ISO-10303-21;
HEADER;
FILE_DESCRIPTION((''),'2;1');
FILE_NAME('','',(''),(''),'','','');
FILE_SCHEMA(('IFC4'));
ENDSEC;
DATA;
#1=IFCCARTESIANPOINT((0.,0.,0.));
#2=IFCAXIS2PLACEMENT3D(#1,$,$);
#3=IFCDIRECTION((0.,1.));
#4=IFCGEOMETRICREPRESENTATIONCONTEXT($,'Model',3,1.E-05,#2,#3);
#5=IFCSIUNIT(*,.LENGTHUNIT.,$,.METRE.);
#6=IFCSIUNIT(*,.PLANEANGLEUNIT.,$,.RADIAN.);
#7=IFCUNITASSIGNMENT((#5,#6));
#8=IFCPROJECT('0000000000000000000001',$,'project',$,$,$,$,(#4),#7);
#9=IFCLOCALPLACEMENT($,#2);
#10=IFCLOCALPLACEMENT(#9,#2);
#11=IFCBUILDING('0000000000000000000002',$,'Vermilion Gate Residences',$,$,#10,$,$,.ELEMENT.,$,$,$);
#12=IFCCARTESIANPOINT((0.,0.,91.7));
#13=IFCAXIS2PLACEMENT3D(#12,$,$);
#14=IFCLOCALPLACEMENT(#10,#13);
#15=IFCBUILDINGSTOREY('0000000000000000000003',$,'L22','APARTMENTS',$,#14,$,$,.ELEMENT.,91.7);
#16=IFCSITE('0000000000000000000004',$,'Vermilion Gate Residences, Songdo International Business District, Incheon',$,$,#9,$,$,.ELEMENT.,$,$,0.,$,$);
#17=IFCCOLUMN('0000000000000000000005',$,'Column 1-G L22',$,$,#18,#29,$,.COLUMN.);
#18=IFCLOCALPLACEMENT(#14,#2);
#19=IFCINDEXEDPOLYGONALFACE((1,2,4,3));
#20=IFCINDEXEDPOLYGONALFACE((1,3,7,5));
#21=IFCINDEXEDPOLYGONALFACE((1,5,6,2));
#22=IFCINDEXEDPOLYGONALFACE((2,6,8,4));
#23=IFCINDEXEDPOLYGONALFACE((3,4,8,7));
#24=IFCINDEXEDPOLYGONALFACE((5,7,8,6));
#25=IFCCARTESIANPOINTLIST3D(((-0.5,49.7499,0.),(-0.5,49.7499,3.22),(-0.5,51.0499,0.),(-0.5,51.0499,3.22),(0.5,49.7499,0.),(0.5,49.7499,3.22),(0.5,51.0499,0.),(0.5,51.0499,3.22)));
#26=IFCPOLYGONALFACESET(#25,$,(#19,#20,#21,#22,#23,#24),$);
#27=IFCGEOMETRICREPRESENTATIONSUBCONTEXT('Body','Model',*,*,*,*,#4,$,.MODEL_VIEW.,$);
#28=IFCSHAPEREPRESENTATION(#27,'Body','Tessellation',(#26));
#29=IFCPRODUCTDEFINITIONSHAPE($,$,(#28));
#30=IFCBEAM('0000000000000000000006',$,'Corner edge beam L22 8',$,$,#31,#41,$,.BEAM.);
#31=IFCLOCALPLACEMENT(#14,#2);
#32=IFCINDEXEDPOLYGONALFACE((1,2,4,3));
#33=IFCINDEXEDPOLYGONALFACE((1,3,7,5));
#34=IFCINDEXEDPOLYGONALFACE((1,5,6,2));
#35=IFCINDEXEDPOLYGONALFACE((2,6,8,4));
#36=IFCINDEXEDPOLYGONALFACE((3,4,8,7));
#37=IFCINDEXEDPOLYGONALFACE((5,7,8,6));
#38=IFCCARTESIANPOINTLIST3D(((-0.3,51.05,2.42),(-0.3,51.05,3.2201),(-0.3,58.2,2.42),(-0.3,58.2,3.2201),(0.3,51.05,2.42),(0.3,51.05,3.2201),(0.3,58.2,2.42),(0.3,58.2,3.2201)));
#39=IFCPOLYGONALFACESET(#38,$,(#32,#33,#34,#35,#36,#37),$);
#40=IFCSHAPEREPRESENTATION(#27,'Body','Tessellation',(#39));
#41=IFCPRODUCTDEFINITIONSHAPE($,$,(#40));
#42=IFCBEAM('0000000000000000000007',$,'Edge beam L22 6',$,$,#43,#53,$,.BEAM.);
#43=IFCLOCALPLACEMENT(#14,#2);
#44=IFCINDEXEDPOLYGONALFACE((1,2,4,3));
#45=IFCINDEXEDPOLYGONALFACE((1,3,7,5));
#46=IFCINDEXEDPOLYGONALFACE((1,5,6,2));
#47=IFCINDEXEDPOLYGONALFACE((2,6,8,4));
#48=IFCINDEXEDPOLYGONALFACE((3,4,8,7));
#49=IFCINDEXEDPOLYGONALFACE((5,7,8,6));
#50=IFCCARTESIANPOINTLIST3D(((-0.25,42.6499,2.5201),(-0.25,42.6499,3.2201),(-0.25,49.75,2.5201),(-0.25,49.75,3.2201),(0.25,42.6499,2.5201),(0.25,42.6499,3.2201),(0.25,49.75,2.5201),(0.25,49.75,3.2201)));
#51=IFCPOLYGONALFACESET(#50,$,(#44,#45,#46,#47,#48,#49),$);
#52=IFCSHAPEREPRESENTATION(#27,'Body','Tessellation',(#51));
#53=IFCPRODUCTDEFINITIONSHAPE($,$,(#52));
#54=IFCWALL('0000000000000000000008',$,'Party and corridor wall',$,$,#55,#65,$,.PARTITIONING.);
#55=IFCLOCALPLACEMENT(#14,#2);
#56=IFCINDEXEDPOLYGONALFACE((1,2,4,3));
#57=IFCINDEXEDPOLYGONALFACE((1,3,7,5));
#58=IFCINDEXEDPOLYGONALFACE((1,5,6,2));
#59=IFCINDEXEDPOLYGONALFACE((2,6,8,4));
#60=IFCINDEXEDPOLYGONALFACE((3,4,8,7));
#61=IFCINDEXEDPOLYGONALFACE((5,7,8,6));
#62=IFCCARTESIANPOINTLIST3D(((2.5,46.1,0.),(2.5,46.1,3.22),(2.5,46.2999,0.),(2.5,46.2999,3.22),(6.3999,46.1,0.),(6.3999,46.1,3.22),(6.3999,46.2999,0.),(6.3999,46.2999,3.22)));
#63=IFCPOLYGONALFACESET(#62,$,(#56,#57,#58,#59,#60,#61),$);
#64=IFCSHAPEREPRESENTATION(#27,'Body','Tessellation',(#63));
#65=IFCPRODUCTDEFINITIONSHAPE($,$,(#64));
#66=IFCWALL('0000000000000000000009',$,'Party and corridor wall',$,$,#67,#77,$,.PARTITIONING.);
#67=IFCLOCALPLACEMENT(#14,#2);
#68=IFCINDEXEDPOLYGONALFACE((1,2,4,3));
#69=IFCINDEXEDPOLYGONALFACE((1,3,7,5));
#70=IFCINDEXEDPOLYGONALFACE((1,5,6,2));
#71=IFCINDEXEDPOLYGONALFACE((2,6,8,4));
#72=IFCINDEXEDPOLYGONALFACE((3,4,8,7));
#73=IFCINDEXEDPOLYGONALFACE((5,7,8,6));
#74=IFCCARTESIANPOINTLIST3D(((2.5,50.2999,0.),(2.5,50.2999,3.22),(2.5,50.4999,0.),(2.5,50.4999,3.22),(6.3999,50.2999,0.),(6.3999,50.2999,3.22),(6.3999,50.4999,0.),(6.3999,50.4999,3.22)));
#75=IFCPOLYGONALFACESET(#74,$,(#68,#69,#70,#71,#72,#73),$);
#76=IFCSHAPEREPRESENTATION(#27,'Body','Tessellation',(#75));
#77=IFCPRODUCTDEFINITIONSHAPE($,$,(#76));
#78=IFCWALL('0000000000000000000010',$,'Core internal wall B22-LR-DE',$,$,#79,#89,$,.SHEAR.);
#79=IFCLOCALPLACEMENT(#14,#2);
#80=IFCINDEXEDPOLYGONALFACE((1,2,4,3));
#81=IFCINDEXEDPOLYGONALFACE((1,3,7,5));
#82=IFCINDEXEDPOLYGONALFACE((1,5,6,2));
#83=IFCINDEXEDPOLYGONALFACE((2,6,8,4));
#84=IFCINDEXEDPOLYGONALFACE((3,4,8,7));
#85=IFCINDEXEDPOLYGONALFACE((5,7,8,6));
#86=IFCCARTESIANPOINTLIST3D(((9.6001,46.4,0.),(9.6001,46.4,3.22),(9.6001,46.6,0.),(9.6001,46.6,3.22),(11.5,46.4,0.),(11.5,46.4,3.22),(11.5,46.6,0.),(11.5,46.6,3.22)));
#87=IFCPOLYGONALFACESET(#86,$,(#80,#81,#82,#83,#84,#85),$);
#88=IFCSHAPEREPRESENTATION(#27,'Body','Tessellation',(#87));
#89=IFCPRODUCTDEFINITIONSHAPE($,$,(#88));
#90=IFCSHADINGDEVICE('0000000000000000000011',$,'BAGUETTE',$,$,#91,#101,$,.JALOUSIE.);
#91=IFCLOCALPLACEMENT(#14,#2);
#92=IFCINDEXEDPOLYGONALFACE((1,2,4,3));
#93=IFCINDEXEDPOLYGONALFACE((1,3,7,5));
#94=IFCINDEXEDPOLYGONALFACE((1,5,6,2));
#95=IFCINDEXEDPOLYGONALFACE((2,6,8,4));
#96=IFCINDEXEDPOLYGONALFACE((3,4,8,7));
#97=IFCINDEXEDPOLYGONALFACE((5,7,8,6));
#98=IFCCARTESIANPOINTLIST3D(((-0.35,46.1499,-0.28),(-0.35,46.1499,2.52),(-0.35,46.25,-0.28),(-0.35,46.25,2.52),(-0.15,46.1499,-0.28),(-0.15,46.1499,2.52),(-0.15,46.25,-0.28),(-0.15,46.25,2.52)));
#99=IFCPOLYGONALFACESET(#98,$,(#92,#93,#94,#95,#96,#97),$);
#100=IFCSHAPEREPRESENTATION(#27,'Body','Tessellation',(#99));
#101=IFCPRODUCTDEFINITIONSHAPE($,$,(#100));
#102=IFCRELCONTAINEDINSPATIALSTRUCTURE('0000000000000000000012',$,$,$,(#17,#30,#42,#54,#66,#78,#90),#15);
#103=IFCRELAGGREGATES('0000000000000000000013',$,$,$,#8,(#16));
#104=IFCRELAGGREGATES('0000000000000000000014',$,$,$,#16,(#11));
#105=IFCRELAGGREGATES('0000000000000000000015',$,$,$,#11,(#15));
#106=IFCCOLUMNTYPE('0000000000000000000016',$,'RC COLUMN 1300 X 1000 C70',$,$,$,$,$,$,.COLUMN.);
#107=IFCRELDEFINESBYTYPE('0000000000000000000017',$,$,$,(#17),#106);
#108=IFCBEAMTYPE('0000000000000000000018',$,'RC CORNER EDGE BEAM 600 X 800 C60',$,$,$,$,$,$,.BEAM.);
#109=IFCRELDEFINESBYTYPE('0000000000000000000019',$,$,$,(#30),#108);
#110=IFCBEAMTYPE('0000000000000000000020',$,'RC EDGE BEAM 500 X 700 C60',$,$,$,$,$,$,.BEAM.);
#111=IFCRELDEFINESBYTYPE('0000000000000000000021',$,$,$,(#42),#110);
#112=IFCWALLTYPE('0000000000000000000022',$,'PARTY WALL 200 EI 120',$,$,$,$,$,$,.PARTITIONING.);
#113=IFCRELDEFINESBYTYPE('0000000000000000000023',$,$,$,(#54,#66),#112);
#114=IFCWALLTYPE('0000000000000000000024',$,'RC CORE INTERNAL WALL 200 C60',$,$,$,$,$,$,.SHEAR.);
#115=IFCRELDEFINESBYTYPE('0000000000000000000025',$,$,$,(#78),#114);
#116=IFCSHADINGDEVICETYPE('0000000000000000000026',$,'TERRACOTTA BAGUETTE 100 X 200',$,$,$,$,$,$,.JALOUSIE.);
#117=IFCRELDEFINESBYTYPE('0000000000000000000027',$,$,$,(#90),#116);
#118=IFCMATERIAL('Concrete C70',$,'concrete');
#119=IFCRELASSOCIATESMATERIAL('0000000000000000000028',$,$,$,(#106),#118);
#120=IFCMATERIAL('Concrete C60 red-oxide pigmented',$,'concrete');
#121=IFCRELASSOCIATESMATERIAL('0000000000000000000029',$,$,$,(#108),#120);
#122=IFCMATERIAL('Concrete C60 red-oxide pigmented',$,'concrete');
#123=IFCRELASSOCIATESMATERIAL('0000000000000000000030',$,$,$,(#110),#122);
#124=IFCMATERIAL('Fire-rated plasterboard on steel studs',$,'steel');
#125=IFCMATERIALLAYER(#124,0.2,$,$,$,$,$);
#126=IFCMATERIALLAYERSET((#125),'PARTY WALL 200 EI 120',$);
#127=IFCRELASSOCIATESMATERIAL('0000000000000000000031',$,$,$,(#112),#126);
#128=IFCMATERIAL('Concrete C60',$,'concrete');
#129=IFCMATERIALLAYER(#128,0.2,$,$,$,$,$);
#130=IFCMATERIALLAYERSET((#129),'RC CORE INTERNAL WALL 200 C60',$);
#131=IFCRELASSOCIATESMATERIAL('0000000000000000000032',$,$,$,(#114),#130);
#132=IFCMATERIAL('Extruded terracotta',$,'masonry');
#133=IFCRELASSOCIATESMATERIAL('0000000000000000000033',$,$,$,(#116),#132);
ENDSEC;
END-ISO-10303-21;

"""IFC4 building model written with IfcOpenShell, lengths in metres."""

from ifc_helpers import new_model, si_unit, direction, frame, frame_2d, origin, origin_2d, place, context, subcontext, project, spatial, rectangle, extrude, material, layer, layer_set, material_profile, profile_set, type_object, element, save


model = new_model("IFC4")

# Units and contexts
model_context = context("Model", 3, precision=1e-05, world=origin(), true_north=direction((0.0, 1.0)))
body_context = subcontext(model_context, "Body", "Model", "MODEL_VIEW")
ifc_project = project(units=[si_unit("LENGTHUNIT", "METRE"), si_unit("PLANEANGLEUNIT", "RADIAN")], contexts=[model_context])

# Site, building, storey
site_placement = place(None, origin())
site = spatial("IfcSite", under=ifc_project, at=site_placement, Name="Vermilion Gate Residences, Songdo International Business District, Incheon", CompositionType="ELEMENT", RefElevation=0.0)
building_placement = place(site_placement, origin())
building = spatial("IfcBuilding", under=site, at=building_placement, Name="Vermilion Gate Residences", CompositionType="ELEMENT")
storey_placement = place(building_placement, frame((0.0, 0.0, 91.7)))
storey = spatial("IfcBuildingStorey", under=building, at=storey_placement, Name="L22", Description="APARTMENTS", CompositionType="ELEMENT", Elevation=91.7)

# Column
ifc_material_1 = material(Name="Concrete C70", Category="concrete")
ifc_material_profile_1 = material_profile(ifc_material_1, rectangle(XDim=1.3, YDim=1.0, at=origin_2d()), Name="RC-1300x1000")
ifc_profile_set_1 = profile_set([ifc_material_profile_1], Name="Concrete C70")
column_type = type_object("IfcColumnType", Name="RC COLUMN 1300 X 1000 C70", PredefinedType="COLUMN", material=ifc_profile_set_1)
column_placement = place(storey_placement, frame((0.0, 50.3999, 0.0), z_axis=(0.0, 0.0, 1.0), x_axis=(0.0, 1.0, 0.0)))
element("IfcColumn", 1, at=column_placement, inside=storey, type_object=column_type, Name="Column 1-G L22", PredefinedType="COLUMN", context=body_context, shape_type="SweptSolid", body=[
    extrude(rectangle(XDim=1.3, YDim=1.0, at=origin_2d()), origin(), (0.0, 0.0, 1.0), 3.22),
])

# Beams
ifc_material_2 = material(Name="Concrete C60 red-oxide pigmented", Category="concrete")
ifc_material_profile_2 = material_profile(ifc_material_2, rectangle(XDim=0.6001, YDim=0.8, at=origin_2d()), Name="RC-600x800")
ifc_profile_set_2 = profile_set([ifc_material_profile_2], Name="Concrete C60 red-oxide pigmented")
beam_type_1 = type_object("IfcBeamType", Name="RC CORNER EDGE BEAM 600 X 800 C60", PredefinedType="BEAM", material=ifc_profile_set_2)
beam_1_placement = place(storey_placement, frame((0.0, 51.05, 2.8201), z_axis=(0.0, 1.0, 0.0), x_axis=(-1.0, 0.0, 0.0)))
element("IfcBeam", 2, at=beam_1_placement, inside=storey, type_object=beam_type_1, Name="Corner edge beam L22 8", PredefinedType="BEAM", context=body_context, shape_type="SweptSolid", body=[
    extrude(rectangle(XDim=0.6001, YDim=0.8, at=origin_2d()), origin(), (0.0, 0.0, 1.0), 7.1499),
])
ifc_material_3 = material(Name="Concrete C60 red-oxide pigmented", Category="concrete")
ifc_material_profile_3 = material_profile(ifc_material_3, rectangle(XDim=0.5, YDim=0.7, at=origin_2d()), Name="RC-500x700")
ifc_profile_set_3 = profile_set([ifc_material_profile_3], Name="Concrete C60 red-oxide pigmented")
beam_type_2 = type_object("IfcBeamType", Name="RC EDGE BEAM 500 X 700 C60", PredefinedType="BEAM", material=ifc_profile_set_3)
beam_2_placement = place(storey_placement, frame((0.0, 42.6499, 2.8701), z_axis=(0.0, 1.0, 0.0), x_axis=(-1.0, 0.0, 0.0)))
element("IfcBeam", 3, at=beam_2_placement, inside=storey, type_object=beam_type_2, Name="Edge beam L22 6", PredefinedType="BEAM", context=body_context, shape_type="SweptSolid", body=[
    extrude(rectangle(XDim=0.5, YDim=0.7, at=origin_2d()), origin(), (0.0, 0.0, 1.0), 7.1001),
])

# Walls
ifc_material_4 = material(Name="Fire-rated plasterboard on steel studs", Category="steel")
ifc_layer_1 = layer(ifc_material_4, 0.2)
ifc_layer_set_1 = layer_set([ifc_layer_1], Name="PARTY WALL 200 EI 120")
wall_type_1 = type_object("IfcWallType", Name="PARTY WALL 200 EI 120", PredefinedType="PARTITIONING", material=ifc_layer_set_1)
for number, where, z_axis, x_axis, name in (
    (4, (2.5, 46.2, 0.0), (0.0, 0.0, 1.0), (1.0, 0.0, 0.0), "Party and corridor wall"),
    (5, (2.5, 50.3999, 0.0), (0.0, 0.0, 1.0), (1.0, 0.0, 0.0), "Party and corridor wall"),
):
    element("IfcWall", number, at=place(storey_placement, frame(where, z_axis=z_axis, x_axis=x_axis)), inside=storey, type_object=wall_type_1, Name=name, PredefinedType="PARTITIONING", context=body_context, shape_type="SweptSolid", body=[
        extrude(rectangle(XDim=3.8999, YDim=0.2, at=frame_2d((1.95, 0.0))), origin(), (0.0, 0.0, 1.0), 3.22),
    ])
ifc_material_5 = material(Name="Concrete C60", Category="concrete")
ifc_layer_2 = layer(ifc_material_5, 0.2)
ifc_layer_set_2 = layer_set([ifc_layer_2], Name="RC CORE INTERNAL WALL 200 C60")
wall_type_2 = type_object("IfcWallType", Name="RC CORE INTERNAL WALL 200 C60", PredefinedType="SHEAR", material=ifc_layer_set_2)
wall_1_placement = place(storey_placement, frame((9.6001, 46.5, 0.0), z_axis=(0.0, 0.0, 1.0), x_axis=(1.0, 0.0, 0.0)))
element("IfcWall", 6, at=wall_1_placement, inside=storey, type_object=wall_type_2, Name="Core internal wall B22-LR-DE", PredefinedType="SHEAR", context=body_context, shape_type="SweptSolid", body=[
    extrude(rectangle(XDim=1.8999, YDim=0.2, at=frame_2d((0.95, 0.0))), origin(), (0.0, 0.0, 1.0), 3.22),
])

# Shading device
ifc_material_6 = material(Name="Extruded terracotta", Category="masonry")
ifc_material_profile_4 = material_profile(ifc_material_6, rectangle(XDim=0.2, YDim=0.1001, at=origin_2d()), Name="BAGUETTE 100 X 200")
ifc_profile_set_4 = profile_set([ifc_material_profile_4], Name="Extruded terracotta")
shading_device_type = type_object("IfcShadingDeviceType", Name="TERRACOTTA BAGUETTE 100 X 200", PredefinedType="JALOUSIE", material=ifc_profile_set_4)
shading_device_placement = place(storey_placement, frame((-0.25, 46.2, -0.28), z_axis=(0.0, 0.0, 1.0), x_axis=(1.0, 0.0, 0.0)))
element("IfcShadingDevice", 7, at=shading_device_placement, inside=storey, type_object=shading_device_type, Name="BAGUETTE", PredefinedType="JALOUSIE", context=body_context, shape_type="SweptSolid", body=[
    extrude(rectangle(XDim=0.2, YDim=0.1001, at=origin_2d()), origin(), (0.0, 0.0, 1.0), 2.8),
])

save(model, "model.ifc")
